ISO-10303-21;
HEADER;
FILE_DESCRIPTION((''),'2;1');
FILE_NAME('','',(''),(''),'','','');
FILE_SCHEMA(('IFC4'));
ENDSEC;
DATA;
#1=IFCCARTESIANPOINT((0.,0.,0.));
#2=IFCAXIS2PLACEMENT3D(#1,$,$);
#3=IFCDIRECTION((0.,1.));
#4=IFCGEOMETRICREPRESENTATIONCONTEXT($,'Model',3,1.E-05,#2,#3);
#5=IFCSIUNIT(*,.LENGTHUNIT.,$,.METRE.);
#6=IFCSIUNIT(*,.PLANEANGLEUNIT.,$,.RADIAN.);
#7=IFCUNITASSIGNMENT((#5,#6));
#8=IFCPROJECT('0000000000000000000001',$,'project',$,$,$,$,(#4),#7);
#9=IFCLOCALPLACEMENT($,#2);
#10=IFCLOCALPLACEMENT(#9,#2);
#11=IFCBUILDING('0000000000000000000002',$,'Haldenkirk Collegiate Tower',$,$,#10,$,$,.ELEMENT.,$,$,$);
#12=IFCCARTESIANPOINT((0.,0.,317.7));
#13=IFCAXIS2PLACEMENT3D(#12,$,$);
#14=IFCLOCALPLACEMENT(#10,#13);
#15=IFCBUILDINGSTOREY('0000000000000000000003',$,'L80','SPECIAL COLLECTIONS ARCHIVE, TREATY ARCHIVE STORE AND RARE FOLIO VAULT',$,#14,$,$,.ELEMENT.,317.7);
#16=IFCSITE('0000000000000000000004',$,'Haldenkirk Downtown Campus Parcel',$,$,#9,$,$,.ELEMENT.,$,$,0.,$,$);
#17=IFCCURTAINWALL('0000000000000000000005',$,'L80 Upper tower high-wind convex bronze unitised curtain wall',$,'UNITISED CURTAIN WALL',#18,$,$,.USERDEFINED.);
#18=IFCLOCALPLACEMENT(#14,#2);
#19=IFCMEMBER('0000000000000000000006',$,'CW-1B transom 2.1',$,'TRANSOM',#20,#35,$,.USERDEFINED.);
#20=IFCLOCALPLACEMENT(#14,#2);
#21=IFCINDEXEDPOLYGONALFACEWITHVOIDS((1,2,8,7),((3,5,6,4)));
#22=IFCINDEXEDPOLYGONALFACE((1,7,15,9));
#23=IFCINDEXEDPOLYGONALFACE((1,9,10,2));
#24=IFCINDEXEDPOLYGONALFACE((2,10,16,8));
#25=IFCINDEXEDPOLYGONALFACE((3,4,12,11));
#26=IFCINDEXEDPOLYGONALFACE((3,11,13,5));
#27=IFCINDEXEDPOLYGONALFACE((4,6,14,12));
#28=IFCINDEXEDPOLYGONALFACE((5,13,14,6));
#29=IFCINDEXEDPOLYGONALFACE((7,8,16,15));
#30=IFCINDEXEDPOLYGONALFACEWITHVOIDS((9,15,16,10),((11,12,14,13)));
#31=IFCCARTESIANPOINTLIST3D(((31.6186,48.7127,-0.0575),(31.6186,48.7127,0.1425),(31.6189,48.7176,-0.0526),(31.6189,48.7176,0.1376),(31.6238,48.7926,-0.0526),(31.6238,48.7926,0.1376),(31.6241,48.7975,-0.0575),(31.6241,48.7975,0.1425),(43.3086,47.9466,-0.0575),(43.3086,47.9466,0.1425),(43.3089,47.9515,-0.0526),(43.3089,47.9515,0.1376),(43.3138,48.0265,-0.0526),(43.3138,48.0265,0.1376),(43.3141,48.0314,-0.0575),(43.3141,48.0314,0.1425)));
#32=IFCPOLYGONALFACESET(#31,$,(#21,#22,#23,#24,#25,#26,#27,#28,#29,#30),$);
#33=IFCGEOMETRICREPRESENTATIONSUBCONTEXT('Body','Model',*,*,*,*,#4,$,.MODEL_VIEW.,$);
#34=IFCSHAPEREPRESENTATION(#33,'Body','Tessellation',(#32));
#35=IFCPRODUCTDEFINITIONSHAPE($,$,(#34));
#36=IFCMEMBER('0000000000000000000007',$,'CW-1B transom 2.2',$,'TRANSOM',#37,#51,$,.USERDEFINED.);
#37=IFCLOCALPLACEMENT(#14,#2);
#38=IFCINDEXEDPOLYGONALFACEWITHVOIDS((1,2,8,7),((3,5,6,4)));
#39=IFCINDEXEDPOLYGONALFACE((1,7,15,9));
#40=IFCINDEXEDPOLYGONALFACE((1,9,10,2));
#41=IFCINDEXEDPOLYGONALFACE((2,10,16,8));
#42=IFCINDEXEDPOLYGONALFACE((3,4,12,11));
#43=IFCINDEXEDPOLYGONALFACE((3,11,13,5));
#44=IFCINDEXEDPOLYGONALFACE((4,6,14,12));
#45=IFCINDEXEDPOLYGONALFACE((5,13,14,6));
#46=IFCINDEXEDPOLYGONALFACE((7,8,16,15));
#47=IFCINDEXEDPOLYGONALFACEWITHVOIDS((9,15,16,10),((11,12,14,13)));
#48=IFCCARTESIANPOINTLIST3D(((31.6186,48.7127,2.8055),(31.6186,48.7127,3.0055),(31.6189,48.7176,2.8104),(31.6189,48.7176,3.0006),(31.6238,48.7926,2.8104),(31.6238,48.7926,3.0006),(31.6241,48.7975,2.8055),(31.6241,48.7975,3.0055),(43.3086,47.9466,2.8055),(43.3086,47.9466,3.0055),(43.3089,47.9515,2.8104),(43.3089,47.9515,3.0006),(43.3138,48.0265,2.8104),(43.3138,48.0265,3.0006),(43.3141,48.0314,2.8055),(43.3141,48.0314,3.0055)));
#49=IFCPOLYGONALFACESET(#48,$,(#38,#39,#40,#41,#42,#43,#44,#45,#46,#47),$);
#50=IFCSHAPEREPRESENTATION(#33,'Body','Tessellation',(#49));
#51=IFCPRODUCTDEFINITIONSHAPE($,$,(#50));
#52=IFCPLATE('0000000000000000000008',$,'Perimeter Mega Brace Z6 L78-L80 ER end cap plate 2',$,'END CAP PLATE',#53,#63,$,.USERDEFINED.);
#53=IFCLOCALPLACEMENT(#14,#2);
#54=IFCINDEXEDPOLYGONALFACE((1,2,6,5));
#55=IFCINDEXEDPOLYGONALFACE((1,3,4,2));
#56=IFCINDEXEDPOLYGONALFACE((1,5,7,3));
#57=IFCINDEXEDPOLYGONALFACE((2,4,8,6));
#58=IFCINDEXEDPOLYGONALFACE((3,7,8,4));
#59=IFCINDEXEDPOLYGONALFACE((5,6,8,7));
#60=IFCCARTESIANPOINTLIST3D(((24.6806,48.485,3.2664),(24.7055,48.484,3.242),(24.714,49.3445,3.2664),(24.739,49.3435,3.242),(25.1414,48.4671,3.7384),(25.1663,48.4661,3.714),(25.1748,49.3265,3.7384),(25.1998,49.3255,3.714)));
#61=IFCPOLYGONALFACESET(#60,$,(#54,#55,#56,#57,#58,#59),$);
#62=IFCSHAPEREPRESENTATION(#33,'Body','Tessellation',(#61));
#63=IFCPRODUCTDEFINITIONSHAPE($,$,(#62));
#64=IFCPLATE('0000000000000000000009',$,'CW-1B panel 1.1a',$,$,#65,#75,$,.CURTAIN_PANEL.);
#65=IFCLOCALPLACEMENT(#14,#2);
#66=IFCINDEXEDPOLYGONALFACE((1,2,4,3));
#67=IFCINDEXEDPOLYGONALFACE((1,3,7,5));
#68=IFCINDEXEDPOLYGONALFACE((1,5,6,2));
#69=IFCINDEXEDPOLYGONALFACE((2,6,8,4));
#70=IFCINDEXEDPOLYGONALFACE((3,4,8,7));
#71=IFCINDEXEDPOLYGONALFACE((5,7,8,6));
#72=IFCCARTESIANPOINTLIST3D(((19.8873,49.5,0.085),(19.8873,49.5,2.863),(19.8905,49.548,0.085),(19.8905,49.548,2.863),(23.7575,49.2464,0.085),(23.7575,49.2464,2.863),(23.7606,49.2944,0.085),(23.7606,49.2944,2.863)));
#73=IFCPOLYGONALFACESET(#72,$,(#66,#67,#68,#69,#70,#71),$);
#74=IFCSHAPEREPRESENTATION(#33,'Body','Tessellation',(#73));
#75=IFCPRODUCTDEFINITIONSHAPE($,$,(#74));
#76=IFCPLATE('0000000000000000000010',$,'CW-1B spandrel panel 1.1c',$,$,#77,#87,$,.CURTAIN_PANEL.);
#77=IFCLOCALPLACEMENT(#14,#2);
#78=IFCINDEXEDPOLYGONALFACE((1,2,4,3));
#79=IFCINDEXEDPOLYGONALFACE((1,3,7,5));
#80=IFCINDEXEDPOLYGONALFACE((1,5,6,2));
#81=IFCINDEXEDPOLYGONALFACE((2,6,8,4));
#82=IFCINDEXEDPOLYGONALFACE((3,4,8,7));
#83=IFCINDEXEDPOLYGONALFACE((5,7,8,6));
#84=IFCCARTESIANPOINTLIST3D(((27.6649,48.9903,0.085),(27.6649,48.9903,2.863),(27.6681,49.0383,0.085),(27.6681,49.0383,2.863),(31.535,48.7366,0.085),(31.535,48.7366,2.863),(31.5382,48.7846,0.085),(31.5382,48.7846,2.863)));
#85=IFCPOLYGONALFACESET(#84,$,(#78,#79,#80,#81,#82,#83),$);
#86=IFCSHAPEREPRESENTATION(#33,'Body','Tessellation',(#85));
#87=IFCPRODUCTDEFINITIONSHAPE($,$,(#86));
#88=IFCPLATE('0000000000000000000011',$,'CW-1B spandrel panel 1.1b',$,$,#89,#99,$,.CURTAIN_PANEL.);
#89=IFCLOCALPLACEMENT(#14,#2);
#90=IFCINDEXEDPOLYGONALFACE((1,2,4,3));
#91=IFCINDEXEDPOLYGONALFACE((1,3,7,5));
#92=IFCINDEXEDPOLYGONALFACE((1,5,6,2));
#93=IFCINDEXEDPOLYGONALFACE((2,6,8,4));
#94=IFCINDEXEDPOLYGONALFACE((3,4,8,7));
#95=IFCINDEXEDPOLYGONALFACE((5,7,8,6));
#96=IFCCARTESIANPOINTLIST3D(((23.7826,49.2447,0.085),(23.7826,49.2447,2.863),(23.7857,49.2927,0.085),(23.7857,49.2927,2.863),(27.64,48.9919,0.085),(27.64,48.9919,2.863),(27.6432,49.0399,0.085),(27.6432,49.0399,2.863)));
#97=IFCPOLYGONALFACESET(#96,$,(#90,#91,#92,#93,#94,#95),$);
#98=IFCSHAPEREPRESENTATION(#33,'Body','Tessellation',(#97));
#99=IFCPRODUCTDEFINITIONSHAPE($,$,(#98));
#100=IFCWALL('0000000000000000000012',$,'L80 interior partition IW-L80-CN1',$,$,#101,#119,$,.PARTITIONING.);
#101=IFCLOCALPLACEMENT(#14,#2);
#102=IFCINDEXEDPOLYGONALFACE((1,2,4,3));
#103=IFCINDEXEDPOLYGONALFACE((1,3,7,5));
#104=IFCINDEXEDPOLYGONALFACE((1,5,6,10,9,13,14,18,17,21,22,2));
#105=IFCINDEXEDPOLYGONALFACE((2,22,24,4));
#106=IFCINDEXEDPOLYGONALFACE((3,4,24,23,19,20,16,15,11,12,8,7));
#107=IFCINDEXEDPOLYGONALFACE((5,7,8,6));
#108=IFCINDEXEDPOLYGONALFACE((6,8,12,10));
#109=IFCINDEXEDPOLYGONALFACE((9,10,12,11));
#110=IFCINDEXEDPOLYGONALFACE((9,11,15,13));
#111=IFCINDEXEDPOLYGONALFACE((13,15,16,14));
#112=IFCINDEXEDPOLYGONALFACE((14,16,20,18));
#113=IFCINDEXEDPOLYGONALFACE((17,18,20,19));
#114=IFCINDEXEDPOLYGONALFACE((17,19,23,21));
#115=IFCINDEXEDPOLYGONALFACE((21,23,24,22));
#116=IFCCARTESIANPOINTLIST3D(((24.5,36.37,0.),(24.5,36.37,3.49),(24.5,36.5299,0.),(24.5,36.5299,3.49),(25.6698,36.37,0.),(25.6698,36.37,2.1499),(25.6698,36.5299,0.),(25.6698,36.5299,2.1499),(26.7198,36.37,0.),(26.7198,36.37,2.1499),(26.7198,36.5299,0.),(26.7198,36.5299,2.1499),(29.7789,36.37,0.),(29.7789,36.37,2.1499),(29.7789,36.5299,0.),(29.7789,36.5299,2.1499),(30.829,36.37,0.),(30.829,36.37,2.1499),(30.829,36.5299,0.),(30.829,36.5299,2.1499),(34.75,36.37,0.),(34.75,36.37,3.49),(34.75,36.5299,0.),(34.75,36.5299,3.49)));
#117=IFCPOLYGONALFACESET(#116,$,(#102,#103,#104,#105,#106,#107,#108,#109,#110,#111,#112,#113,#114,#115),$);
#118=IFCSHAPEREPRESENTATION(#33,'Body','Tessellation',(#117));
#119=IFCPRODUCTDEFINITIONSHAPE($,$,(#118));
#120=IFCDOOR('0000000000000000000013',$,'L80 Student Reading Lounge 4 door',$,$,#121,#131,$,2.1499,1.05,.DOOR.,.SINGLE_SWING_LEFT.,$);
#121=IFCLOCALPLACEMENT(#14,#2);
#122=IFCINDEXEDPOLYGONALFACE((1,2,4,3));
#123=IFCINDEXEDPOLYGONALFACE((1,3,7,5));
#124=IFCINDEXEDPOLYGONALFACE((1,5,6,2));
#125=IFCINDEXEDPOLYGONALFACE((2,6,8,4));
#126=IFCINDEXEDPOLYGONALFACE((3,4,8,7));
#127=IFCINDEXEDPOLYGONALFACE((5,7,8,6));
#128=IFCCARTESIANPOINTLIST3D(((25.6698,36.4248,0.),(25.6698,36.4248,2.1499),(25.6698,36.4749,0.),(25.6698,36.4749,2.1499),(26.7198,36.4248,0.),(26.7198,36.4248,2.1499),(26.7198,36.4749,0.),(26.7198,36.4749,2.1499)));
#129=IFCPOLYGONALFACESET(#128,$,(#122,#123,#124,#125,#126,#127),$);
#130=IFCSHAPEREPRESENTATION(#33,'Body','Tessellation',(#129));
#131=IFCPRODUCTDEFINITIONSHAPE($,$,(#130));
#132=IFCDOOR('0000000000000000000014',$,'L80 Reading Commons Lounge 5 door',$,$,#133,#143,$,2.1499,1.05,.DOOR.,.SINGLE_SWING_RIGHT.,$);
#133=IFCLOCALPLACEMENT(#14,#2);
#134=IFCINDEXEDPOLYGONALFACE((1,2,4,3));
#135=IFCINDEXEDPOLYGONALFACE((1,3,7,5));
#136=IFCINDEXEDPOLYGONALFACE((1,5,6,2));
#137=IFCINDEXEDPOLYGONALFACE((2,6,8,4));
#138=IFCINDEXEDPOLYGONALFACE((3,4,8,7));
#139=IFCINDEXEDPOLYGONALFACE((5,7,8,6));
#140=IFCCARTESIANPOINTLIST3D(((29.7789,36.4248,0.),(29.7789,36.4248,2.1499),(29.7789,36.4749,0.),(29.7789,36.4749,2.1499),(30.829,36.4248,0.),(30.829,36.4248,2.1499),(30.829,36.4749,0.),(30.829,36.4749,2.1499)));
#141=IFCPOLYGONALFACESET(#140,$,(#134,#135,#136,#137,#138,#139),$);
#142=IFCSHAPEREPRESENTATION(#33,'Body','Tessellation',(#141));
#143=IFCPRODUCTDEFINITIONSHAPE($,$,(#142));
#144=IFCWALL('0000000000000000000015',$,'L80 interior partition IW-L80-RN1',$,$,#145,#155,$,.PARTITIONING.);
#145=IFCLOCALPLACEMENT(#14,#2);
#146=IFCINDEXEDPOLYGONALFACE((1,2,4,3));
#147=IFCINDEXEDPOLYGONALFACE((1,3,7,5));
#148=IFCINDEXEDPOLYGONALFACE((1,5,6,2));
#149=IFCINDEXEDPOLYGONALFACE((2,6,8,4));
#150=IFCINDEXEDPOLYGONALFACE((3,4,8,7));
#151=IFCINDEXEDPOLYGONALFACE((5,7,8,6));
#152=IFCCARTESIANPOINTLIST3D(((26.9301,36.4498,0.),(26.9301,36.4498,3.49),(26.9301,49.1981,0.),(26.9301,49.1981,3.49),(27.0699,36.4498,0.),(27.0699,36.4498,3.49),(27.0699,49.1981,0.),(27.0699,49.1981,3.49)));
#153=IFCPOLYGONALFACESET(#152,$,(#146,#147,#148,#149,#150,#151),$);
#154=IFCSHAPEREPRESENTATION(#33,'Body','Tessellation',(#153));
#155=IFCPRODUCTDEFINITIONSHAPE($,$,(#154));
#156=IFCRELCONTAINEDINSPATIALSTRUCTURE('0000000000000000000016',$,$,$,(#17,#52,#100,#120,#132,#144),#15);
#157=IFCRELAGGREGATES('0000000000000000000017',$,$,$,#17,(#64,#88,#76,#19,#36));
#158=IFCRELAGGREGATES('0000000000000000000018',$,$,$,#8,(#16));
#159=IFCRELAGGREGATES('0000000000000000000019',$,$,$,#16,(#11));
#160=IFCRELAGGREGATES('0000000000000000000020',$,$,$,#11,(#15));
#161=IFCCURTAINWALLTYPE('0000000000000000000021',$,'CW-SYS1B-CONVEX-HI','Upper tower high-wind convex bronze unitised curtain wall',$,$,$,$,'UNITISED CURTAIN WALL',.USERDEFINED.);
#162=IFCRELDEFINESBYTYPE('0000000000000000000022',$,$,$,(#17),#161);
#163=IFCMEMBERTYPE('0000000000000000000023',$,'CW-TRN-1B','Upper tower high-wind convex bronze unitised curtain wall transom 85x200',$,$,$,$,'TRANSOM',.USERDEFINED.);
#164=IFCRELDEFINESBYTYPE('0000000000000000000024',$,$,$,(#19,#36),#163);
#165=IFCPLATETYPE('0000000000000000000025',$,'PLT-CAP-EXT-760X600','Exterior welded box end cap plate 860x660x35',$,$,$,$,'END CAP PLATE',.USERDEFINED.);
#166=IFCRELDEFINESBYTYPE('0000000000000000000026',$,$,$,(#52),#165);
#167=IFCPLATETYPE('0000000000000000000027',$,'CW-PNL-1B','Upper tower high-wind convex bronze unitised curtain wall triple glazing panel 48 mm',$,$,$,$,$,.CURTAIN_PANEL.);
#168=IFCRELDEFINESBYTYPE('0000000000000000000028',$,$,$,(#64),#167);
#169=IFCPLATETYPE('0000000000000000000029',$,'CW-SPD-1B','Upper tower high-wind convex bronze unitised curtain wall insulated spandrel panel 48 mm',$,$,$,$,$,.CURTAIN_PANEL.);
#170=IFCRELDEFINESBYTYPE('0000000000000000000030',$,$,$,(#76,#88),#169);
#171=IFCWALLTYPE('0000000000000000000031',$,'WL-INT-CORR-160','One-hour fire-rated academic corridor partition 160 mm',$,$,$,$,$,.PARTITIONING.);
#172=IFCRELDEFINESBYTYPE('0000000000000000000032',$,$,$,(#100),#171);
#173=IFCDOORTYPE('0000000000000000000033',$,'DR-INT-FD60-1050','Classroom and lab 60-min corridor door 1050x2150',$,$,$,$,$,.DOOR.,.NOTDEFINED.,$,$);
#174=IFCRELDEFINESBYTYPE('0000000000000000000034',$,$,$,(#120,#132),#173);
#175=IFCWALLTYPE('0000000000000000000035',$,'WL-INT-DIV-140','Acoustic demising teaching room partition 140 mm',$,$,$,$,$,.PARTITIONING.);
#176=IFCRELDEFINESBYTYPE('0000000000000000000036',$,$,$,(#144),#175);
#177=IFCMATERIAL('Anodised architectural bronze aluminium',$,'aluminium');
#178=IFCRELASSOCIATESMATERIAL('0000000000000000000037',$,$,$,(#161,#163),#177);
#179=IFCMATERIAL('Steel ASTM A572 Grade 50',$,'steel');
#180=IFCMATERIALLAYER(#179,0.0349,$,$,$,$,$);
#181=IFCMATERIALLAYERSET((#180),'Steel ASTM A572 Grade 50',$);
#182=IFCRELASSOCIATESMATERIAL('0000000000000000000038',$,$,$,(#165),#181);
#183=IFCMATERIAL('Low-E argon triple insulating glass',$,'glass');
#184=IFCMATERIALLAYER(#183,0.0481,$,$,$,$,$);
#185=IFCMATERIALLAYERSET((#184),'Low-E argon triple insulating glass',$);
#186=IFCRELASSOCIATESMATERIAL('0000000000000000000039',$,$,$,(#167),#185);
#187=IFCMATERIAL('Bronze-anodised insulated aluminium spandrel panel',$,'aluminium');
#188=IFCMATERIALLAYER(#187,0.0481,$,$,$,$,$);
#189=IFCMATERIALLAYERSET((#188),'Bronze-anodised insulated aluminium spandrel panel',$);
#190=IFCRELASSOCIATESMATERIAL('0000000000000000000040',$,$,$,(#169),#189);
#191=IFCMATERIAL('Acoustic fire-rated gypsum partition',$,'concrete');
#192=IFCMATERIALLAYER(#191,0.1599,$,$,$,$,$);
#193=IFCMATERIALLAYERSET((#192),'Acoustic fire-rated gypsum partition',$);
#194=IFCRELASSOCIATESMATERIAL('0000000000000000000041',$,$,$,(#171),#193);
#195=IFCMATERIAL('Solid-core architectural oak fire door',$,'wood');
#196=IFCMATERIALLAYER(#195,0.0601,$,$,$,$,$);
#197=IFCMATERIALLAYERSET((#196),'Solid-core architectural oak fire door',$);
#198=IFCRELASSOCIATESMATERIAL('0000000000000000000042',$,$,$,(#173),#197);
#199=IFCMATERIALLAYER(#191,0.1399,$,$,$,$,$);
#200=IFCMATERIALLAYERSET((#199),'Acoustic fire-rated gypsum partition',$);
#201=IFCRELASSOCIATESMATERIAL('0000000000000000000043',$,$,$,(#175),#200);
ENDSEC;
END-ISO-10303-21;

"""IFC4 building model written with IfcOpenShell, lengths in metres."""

from ifc_helpers import new_model, si_unit, direction, frame, frame_2d, origin, origin_2d, place, context, subcontext, project, spatial, rectangle, hollow_rectangle, extrude, source, transform, mapped, material, layer, layer_set, material_profile, profile_set, type_object, element, fill, aggregate, save


model = new_model("IFC4")

# Units and contexts
model_context = context("Model", 3, precision=1e-05, world=origin(), true_north=direction((0.0, 1.0)))
body_context = subcontext(model_context, "Body", "Model", "MODEL_VIEW")
ifc_project = project(units=[si_unit("LENGTHUNIT", "METRE"), si_unit("PLANEANGLEUNIT", "RADIAN")], contexts=[model_context])

# Site, building, storey
site_placement = place(None, origin())
site = spatial("IfcSite", under=ifc_project, at=site_placement, Name="Haldenkirk Downtown Campus Parcel", CompositionType="ELEMENT", RefElevation=0.0)
building_placement = place(site_placement, origin())
building = spatial("IfcBuilding", under=site, at=building_placement, Name="Haldenkirk Collegiate Tower", CompositionType="ELEMENT")
storey_placement = place(building_placement, frame((0.0, 0.0, 317.7)))
storey = spatial("IfcBuildingStorey", under=building, at=storey_placement, Name="L80", Description="SPECIAL COLLECTIONS ARCHIVE, TREATY ARCHIVE STORE AND RARE FOLIO VAULT", CompositionType="ELEMENT", Elevation=317.7)

# Shared definitions
ifc_material_1 = material(Name="Steel ASTM A572 Grade 50", Category="steel")

# Curtain wall, members
ifc_material_2 = material(Name="Anodised architectural bronze aluminium", Category="aluminium")
curtain_wall_type = type_object("IfcCurtainWallType", Name="CW-SYS1B-CONVEX-HI", Description="Upper tower high-wind convex bronze unitised curtain wall", ElementType="UNITISED CURTAIN WALL", PredefinedType="USERDEFINED", material=ifc_material_2)
curtain_wall_placement = place(storey_placement, origin())
curtain_wall = element("IfcCurtainWall", 1, at=curtain_wall_placement, inside=storey, type_object=curtain_wall_type, Name="L80 Upper tower high-wind convex bronze unitised curtain wall", ObjectType="UNITISED CURTAIN WALL", PredefinedType="USERDEFINED")
ifc_material_profile_1 = material_profile(ifc_material_2, hollow_rectangle(XDim=0.085, YDim=0.2, WallThickness=0.0049, at=origin_2d()), Name="CW-TRN-1B")
ifc_profile_set_1 = profile_set([ifc_material_profile_1], Name="Anodised architectural bronze aluminium")
member_type_1 = type_object("IfcMemberType", Name="CW-TRN-1B", Description="Upper tower high-wind convex bronze unitised curtain wall transom 85x200", ElementType="TRANSOM", PredefinedType="USERDEFINED", material=ifc_profile_set_1)
member_1_placement = place(storey_placement, frame((31.6213, 48.7551, 0.0425), z_axis=(0.997859, -0.065396, 0.0), x_axis=(0.065396, 0.997859, 0.0)))
member_1 = element("IfcMember", 2, at=member_1_placement, type_object=member_type_1, Name="CW-1B transom 2.1", ObjectType="TRANSOM", PredefinedType="USERDEFINED", context=body_context, shape_type="SweptSolid", body=[
    extrude(hollow_rectangle(XDim=0.085, YDim=0.2, WallThickness=0.0049, at=origin_2d()), origin(), (0.0, 0.0, 1.0), 11.7151),
])
member_2_placement = place(storey_placement, frame((31.6213, 48.7551, 2.9055), z_axis=(0.997859, -0.065396, 0.0), x_axis=(0.065396, 0.997859, 0.0)))
member_2 = element("IfcMember", 3, at=member_2_placement, type_object=member_type_1, Name="CW-1B transom 2.2", ObjectType="TRANSOM", PredefinedType="USERDEFINED", context=body_context, shape_type="SweptSolid", body=[
    extrude(hollow_rectangle(XDim=0.085, YDim=0.2, WallThickness=0.0049, at=origin_2d()), origin(), (0.0, 0.0, 1.0), 11.7151),
])

# Plates
ifc_layer_1 = layer(ifc_material_1, 0.0349)
ifc_layer_set_1 = layer_set([ifc_layer_1], Name="Steel ASTM A572 Grade 50")
plate_type_1 = type_object("IfcPlateType", Name="PLT-CAP-EXT-760X600", Description="Exterior welded box end cap plate 860x660x35", ElementType="END CAP PLATE", PredefinedType="USERDEFINED", material=ifc_layer_set_1)
shared_shape_1 = source(origin(), body_context, "Body", "SweptSolid", [
    extrude(rectangle(XDim=0.8601, YDim=0.6599, at=origin_2d()), origin(), (0.0, 0.0, 1.0), 0.0349),
])
plate_1_placement = place(storey_placement, frame((24.9526, 48.9048, 3.478), z_axis=(-0.714773, 0.027822, 0.698803), x_axis=(-0.038894, -0.999243, 0.0)))
element("IfcPlate", 4, at=plate_1_placement, inside=storey, type_object=plate_type_1, Name="Perimeter Mega Brace Z6 L78-L80 ER end cap plate 2", ObjectType="END CAP PLATE", PredefinedType="USERDEFINED", context=body_context, shape_type="MappedRepresentation", body=[
    mapped(shared_shape_1, transform((0.0, 0.0, 0.0), x_axis=(1.0, 0.0, 0.0), y_axis=(0.0, 1.0, 0.0), z_axis=(0.0, 0.0, 1.0), scale=1.0)),
])
ifc_material_3 = material(Name="Low-E argon triple insulating glass", Category="glass")
ifc_layer_2 = layer(ifc_material_3, 0.0481)
ifc_layer_set_2 = layer_set([ifc_layer_2], Name="Low-E argon triple insulating glass")
plate_type_2 = type_object("IfcPlateType", Name="CW-PNL-1B", Description="Upper tower high-wind convex bronze unitised curtain wall triple glazing panel 48 mm", PredefinedType="CURTAIN_PANEL", material=ifc_layer_set_2)
shared_shape_2 = source(origin(), body_context, "Body", "SweptSolid", [
    extrude(rectangle(XDim=3.8784, YDim=0.0481, at=origin_2d()), origin(), (0.0, 0.0, 1.0), 2.7781),
])
plate_2_placement = place(storey_placement, frame((21.824, 49.3972, 0.085), z_axis=(0.0, 0.0, 1.0), x_axis=(0.997859, -0.065401, 0.0)))
plate_2 = element("IfcPlate", 5, at=plate_2_placement, type_object=plate_type_2, Name="CW-1B panel 1.1a", PredefinedType="CURTAIN_PANEL", context=body_context, shape_type="MappedRepresentation", body=[
    mapped(shared_shape_2, transform((0.0, 0.0, 0.0), x_axis=(1.0, 0.0, 0.0), y_axis=(0.0, 1.0, 0.0), z_axis=(0.0, 0.0, 1.0), scale=1.0)),
])
ifc_material_4 = material(Name="Bronze-anodised insulated aluminium spandrel panel", Category="aluminium")
ifc_layer_3 = layer(ifc_material_4, 0.0481)
ifc_layer_set_3 = layer_set([ifc_layer_3], Name="Bronze-anodised insulated aluminium spandrel panel")
plate_type_3 = type_object("IfcPlateType", Name="CW-SPD-1B", Description="Upper tower high-wind convex bronze unitised curtain wall insulated spandrel panel 48 mm", PredefinedType="CURTAIN_PANEL", material=ifc_layer_set_3)
plate_3_placement = place(storey_placement, frame((29.6016, 48.8875, 0.085), z_axis=(0.0, 0.0, 1.0), x_axis=(0.997859, -0.065401, 0.0)))
plate_3 = element("IfcPlate", 6, at=plate_3_placement, type_object=plate_type_3, Name="CW-1B spandrel panel 1.1c", PredefinedType="CURTAIN_PANEL", context=body_context, shape_type="MappedRepresentation", body=[
    mapped(shared_shape_2, transform((0.0, 0.0, 0.0), x_axis=(1.0, 0.0, 0.0), y_axis=(0.0, 1.0, 0.0), z_axis=(0.0, 0.0, 1.0), scale=1.0)),
])
shared_shape_3 = source(origin(), body_context, "Body", "SweptSolid", [
    extrude(rectangle(XDim=3.8657, YDim=0.0481, at=origin_2d()), origin(), (0.0, 0.0, 1.0), 2.7781),
])
plate_4_placement = place(storey_placement, frame((25.7129, 49.1423, 0.085), z_axis=(0.0, 0.0, 1.0), x_axis=(0.997859, -0.065401, 0.0)))
plate_4 = element("IfcPlate", 7, at=plate_4_placement, type_object=plate_type_3, Name="CW-1B spandrel panel 1.1b", PredefinedType="CURTAIN_PANEL", context=body_context, shape_type="MappedRepresentation", body=[
    mapped(shared_shape_3, transform((0.0, 0.0, 0.0), x_axis=(1.0, 0.0, 0.0), y_axis=(0.0, 1.0, 0.0), z_axis=(0.0, 0.0, 1.0), scale=1.0)),
])
aggregate(curtain_wall, [plate_2, plate_4, plate_3, member_1, member_2])

# Wall, openings, doors
ifc_material_5 = material(Name="Acoustic fire-rated gypsum partition", Category="concrete")
ifc_layer_4 = layer(ifc_material_5, 0.1599)
ifc_layer_set_4 = layer_set([ifc_layer_4], Name="Acoustic fire-rated gypsum partition")
wall_type_1 = type_object("IfcWallType", Name="WL-INT-CORR-160", Description="One-hour fire-rated academic corridor partition 160 mm", PredefinedType="PARTITIONING", material=ifc_layer_set_4)
wall_1_placement = place(storey_placement, frame((24.5, 36.45, 0.0), z_axis=(0.0, 0.0, 1.0), x_axis=(1.0, 0.0, 0.0)))
wall_1 = element("IfcWall", 8, at=wall_1_placement, inside=storey, type_object=wall_type_1, Name="L80 interior partition IW-L80-CN1", PredefinedType="PARTITIONING", context=body_context, shape_type="SweptSolid", body=[
    extrude(rectangle(XDim=10.25, YDim=0.1599, at=frame_2d((5.125, 0.0))), origin(), (0.0, 0.0, 1.0), 3.49),
])
opening_1_placement = place(wall_1_placement, frame((1.1699, 0.0, 0.0)))
opening_1 = element("IfcOpeningElement", 9, at=opening_1_placement, cuts=wall_1, PredefinedType="OPENING", context=body_context, shape_type="SweptSolid", body=[
    extrude(rectangle(XDim=1.05, YDim=2.1499, at=frame_2d((0.5249, 1.075))), frame((0.0, 0.0898, 0.0), z_axis=(0.0, -1.0, 0.0), x_axis=(1.0, 0.0, 0.0)), (0.0, 0.0, 1.0), 0.1799),
])
opening_2_placement = place(wall_1_placement, frame((5.2791, 0.0, 0.0)))
opening_2 = element("IfcOpeningElement", 10, at=opening_2_placement, cuts=wall_1, PredefinedType="OPENING", context=body_context, shape_type="SweptSolid", body=[
    extrude(rectangle(XDim=1.05, YDim=2.1499, at=frame_2d((0.5249, 1.075))), frame((0.0, 0.0898, 0.0), z_axis=(0.0, -1.0, 0.0), x_axis=(1.0, 0.0, 0.0)), (0.0, 0.0, 1.0), 0.1799),
])
ifc_material_6 = material(Name="Solid-core architectural oak fire door", Category="wood")
ifc_layer_5 = layer(ifc_material_6, 0.0601)
ifc_layer_set_5 = layer_set([ifc_layer_5], Name="Solid-core architectural oak fire door")
door_type = type_object("IfcDoorType", Name="DR-INT-FD60-1050", Description="Classroom and lab 60-min corridor door 1050x2150", OperationType="NOTDEFINED", PredefinedType="DOOR", material=ifc_layer_set_5)
door_1_placement = place(opening_1_placement, origin())
door_1 = element("IfcDoor", 11, at=door_1_placement, inside=storey, type_object=door_type, Name="L80 Student Reading Lounge 4 door", OperationType="SINGLE_SWING_LEFT", OverallHeight=2.1499, OverallWidth=1.05, PredefinedType="DOOR", context=body_context, shape_type="SweptSolid", body=[
    extrude(rectangle(XDim=1.05, YDim=2.1499, at=frame_2d((0.5249, 1.075))), frame((0.0, 0.0249, 0.0), z_axis=(0.0, -1.0, 0.0), x_axis=(1.0, 0.0, 0.0)), (0.0, 0.0, 1.0), 0.05),
])
fill(opening_1, door_1)
door_2_placement = place(opening_2_placement, origin())
door_2 = element("IfcDoor", 12, at=door_2_placement, inside=storey, type_object=door_type, Name="L80 Reading Commons Lounge 5 door", OperationType="SINGLE_SWING_RIGHT", OverallHeight=2.1499, OverallWidth=1.05, PredefinedType="DOOR", context=body_context, shape_type="SweptSolid", body=[
    extrude(rectangle(XDim=1.05, YDim=2.1499, at=frame_2d((0.5249, 1.075))), frame((0.0, 0.0249, 0.0), z_axis=(0.0, -1.0, 0.0), x_axis=(1.0, 0.0, 0.0)), (0.0, 0.0, 1.0), 0.05),
])
fill(opening_2, door_2)

# Wall
ifc_layer_6 = layer(ifc_material_5, 0.1399)
ifc_layer_set_6 = layer_set([ifc_layer_6], Name="Acoustic fire-rated gypsum partition")
wall_type_2 = type_object("IfcWallType", Name="WL-INT-DIV-140", Description="Acoustic demising teaching room partition 140 mm", PredefinedType="PARTITIONING", material=ifc_layer_set_6)
wall_2_placement = place(storey_placement, frame((27.0, 36.45, 0.0), z_axis=(0.0, 0.0, 1.0), x_axis=(0.0, 1.0, 0.0)))
element("IfcWall", 13, at=wall_2_placement, inside=storey, type_object=wall_type_2, Name="L80 interior partition IW-L80-RN1", PredefinedType="PARTITIONING", context=body_context, shape_type="SweptSolid", body=[
    extrude(rectangle(XDim=12.7483, YDim=0.1399, at=frame_2d((6.374, 0.0))), origin(), (0.0, 0.0, 1.0), 3.49),
])

save(model, "model.ifc")
